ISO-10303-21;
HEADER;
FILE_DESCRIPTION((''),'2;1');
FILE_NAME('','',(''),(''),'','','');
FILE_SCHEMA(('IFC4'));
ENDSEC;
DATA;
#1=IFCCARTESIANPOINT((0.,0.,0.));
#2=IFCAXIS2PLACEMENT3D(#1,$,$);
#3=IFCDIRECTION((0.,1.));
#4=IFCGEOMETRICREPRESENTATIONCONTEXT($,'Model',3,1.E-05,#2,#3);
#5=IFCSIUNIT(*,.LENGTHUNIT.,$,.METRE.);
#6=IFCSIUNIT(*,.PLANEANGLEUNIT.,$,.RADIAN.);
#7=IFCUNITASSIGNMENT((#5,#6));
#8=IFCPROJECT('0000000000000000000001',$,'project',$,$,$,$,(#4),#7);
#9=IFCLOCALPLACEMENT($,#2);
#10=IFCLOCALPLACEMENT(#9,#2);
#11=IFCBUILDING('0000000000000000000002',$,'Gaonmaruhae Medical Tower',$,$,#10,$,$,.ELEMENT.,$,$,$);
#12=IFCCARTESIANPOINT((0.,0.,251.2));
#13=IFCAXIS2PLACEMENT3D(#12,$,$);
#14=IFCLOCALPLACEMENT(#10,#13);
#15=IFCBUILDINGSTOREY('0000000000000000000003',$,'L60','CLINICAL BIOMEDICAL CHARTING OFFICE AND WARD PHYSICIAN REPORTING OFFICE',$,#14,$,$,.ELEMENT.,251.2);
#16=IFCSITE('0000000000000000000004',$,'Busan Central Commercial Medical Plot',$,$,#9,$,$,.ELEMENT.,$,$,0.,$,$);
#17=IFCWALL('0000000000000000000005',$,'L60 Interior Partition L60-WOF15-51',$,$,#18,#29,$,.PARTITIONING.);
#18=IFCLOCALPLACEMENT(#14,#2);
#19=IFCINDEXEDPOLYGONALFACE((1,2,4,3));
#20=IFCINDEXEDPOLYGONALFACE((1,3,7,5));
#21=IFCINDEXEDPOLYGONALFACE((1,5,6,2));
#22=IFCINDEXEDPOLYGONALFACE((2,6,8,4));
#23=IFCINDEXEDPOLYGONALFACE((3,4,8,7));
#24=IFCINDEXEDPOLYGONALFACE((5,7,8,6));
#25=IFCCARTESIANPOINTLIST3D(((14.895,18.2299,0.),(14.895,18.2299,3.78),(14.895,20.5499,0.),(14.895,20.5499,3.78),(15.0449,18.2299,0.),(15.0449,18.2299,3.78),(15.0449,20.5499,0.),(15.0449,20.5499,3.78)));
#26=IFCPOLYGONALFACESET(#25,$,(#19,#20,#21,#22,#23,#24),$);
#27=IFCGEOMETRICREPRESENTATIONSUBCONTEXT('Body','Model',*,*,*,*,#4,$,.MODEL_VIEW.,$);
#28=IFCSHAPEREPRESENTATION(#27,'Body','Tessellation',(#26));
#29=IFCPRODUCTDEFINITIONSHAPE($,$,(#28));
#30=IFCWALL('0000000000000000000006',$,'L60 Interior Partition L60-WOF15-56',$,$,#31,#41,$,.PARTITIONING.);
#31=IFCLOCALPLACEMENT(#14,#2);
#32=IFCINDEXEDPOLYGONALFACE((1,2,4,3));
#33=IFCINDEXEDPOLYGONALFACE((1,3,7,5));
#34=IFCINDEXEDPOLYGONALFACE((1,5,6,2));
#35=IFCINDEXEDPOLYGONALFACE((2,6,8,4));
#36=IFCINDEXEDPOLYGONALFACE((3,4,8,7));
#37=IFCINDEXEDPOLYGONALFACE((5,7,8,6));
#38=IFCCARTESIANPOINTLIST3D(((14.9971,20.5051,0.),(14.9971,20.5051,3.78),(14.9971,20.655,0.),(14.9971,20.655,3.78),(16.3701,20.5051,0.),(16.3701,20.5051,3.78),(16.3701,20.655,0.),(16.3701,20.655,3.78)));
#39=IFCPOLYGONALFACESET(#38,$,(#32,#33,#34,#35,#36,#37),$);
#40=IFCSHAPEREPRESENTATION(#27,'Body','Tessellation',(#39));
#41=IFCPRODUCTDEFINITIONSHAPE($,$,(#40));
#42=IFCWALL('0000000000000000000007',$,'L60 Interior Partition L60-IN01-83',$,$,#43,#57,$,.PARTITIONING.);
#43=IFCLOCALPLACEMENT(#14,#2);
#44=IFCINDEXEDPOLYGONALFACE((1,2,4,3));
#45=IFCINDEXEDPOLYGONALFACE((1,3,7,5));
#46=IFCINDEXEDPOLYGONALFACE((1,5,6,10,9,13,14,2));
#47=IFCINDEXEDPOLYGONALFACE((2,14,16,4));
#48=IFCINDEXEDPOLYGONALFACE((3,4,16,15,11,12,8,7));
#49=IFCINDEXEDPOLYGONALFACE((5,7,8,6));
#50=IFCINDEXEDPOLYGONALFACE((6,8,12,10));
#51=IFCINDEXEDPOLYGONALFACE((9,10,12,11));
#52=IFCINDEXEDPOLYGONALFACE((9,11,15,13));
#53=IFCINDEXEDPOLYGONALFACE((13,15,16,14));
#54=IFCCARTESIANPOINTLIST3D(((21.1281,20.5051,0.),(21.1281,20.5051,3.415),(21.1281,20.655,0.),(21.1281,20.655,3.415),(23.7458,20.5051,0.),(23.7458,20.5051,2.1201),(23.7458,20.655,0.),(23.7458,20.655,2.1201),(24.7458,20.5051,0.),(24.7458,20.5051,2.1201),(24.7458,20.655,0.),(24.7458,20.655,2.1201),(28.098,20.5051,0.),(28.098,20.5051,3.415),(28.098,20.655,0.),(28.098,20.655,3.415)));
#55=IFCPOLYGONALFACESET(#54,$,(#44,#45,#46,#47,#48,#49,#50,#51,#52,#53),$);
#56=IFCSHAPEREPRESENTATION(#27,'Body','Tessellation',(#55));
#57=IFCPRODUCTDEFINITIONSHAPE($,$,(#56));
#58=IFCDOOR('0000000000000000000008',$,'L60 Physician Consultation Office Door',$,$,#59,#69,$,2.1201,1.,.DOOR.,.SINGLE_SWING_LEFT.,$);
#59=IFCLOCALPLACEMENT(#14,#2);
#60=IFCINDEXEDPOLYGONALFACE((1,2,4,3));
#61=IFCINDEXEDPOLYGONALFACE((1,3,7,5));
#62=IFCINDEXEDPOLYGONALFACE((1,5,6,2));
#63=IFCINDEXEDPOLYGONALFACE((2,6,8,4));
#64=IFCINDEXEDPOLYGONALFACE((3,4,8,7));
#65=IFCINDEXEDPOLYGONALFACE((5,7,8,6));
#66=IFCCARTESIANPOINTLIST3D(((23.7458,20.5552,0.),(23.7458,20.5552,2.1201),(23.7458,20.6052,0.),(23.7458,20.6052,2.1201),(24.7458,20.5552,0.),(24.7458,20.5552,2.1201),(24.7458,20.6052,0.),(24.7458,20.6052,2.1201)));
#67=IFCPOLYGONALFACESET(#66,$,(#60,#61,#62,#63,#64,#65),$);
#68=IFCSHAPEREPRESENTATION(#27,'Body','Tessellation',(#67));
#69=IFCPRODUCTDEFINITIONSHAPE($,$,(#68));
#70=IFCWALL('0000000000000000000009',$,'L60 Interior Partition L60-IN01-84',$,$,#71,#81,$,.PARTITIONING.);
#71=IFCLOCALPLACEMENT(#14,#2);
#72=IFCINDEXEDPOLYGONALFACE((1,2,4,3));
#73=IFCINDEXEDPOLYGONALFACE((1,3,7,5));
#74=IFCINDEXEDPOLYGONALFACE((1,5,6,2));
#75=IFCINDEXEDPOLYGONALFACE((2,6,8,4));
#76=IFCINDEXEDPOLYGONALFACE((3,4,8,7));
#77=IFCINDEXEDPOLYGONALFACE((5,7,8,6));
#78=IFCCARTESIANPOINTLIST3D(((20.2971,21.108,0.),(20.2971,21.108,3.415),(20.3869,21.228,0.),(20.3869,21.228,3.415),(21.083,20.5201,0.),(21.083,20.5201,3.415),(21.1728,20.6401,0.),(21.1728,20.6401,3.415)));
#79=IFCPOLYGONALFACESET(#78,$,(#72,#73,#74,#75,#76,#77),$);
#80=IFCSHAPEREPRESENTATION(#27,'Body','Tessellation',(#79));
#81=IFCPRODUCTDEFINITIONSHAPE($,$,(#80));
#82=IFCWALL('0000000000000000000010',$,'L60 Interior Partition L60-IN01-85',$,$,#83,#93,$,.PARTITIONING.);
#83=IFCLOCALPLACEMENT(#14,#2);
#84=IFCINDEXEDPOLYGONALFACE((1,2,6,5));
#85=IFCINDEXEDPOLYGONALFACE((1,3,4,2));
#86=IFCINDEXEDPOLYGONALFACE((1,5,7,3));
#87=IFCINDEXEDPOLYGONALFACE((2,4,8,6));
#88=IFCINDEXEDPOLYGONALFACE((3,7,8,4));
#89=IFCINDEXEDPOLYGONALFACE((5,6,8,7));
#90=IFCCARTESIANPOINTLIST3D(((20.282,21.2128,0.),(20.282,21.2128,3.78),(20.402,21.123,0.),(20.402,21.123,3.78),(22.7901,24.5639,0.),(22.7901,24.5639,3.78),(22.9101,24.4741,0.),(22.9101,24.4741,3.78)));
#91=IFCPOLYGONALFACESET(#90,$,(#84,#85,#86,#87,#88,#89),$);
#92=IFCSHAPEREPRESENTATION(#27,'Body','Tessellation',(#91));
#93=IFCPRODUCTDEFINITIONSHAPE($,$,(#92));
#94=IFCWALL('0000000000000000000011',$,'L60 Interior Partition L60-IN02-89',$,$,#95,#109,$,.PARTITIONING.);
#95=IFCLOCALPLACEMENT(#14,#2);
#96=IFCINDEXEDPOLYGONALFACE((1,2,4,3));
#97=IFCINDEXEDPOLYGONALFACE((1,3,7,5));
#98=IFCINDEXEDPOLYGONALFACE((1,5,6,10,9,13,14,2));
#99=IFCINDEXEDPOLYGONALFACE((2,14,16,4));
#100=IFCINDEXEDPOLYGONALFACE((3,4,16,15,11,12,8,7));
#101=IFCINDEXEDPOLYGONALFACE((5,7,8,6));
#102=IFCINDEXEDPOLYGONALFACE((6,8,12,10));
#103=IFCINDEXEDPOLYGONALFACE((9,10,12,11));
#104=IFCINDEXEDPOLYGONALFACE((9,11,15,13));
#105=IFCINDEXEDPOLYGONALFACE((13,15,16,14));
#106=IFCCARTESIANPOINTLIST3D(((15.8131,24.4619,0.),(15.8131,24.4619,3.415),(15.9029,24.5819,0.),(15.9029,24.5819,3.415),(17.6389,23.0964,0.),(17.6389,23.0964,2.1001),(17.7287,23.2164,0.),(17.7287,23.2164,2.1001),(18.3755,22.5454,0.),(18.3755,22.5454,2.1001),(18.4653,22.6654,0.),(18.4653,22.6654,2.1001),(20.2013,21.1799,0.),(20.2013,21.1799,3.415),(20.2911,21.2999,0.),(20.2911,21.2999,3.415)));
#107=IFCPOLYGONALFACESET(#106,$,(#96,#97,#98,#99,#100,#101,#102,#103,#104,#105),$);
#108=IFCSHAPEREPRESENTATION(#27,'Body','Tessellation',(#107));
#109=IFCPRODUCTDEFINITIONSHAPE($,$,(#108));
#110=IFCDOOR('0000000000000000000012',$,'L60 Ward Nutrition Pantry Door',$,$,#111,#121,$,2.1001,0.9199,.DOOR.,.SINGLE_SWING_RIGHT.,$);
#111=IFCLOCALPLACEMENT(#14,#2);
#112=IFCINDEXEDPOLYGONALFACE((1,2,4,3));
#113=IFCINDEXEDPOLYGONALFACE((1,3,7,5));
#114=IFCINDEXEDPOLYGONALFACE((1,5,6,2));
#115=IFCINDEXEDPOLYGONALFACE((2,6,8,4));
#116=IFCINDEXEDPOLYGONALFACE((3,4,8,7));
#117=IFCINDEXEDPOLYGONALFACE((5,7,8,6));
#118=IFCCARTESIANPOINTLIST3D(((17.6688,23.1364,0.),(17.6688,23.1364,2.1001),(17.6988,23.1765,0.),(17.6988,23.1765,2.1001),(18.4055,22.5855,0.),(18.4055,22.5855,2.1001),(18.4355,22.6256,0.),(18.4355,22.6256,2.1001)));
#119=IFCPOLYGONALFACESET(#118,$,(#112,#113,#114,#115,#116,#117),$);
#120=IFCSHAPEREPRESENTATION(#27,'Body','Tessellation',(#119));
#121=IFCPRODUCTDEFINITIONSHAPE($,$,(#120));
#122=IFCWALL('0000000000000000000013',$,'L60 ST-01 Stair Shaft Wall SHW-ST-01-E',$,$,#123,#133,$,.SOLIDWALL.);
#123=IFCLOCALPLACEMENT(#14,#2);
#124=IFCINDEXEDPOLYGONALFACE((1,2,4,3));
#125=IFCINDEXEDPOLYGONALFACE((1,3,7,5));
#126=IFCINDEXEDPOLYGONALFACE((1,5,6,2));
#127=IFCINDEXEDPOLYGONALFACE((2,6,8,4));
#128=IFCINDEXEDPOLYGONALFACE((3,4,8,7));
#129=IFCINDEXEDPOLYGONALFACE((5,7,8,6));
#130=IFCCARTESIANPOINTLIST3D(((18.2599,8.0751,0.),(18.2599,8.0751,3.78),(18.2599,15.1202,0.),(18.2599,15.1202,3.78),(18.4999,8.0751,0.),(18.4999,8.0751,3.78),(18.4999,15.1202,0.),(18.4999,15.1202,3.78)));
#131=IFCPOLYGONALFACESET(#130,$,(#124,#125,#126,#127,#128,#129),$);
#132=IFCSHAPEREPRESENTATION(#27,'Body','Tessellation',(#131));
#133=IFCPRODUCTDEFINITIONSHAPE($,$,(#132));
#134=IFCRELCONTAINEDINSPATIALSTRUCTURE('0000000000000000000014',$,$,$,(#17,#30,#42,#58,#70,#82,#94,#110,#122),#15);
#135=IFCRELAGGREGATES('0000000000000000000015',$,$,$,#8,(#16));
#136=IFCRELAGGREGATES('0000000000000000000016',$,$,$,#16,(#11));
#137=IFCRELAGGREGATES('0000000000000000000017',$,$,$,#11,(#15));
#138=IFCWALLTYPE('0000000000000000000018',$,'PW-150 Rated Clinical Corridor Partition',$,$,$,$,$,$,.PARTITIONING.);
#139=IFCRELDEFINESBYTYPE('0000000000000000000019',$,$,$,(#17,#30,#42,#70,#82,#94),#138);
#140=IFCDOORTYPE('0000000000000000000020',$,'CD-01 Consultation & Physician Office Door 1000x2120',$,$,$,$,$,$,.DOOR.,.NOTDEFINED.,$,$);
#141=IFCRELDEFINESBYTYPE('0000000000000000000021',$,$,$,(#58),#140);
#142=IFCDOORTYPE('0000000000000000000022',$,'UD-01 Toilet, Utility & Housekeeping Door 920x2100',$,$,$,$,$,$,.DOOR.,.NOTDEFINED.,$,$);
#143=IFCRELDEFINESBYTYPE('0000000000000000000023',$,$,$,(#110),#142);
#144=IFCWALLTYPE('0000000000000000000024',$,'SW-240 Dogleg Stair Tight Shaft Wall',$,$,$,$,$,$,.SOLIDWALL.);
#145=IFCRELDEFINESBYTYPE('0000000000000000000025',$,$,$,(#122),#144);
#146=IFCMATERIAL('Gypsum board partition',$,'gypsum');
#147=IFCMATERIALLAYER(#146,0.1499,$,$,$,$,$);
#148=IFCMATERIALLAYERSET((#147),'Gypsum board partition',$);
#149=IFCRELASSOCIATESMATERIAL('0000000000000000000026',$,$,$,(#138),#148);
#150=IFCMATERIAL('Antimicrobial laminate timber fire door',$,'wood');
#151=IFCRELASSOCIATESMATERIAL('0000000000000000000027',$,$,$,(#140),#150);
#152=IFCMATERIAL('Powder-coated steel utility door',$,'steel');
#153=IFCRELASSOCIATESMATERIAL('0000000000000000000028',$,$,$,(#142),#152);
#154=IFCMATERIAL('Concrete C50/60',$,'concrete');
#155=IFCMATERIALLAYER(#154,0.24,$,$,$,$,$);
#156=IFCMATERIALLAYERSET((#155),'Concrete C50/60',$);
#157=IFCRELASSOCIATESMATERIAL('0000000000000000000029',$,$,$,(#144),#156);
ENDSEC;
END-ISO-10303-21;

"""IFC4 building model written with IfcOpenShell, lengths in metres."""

from ifc_helpers import new_model, si_unit, direction, frame, frame_2d, origin, place, context, subcontext, project, spatial, rectangle, extrude, material, layer, layer_set, type_object, element, fill, save


model = new_model("IFC4")

# Units and contexts
model_context = context("Model", 3, precision=1e-05, world=origin(), true_north=direction((0.0, 1.0)))
body_context = subcontext(model_context, "Body", "Model", "MODEL_VIEW")
ifc_project = project(units=[si_unit("LENGTHUNIT", "METRE"), si_unit("PLANEANGLEUNIT", "RADIAN")], contexts=[model_context])

# Site, building, storey
site_placement = place(None, origin())
site = spatial("IfcSite", under=ifc_project, at=site_placement, Name="Busan Central Commercial Medical Plot", CompositionType="ELEMENT", RefElevation=0.0)
building_placement = place(site_placement, origin())
building = spatial("IfcBuilding", under=site, at=building_placement, Name="Gaonmaruhae Medical Tower", CompositionType="ELEMENT")
storey_placement = place(building_placement, frame((0.0, 0.0, 251.2)))
storey = spatial("IfcBuildingStorey", under=building, at=storey_placement, Name="L60", Description="CLINICAL BIOMEDICAL CHARTING OFFICE AND WARD PHYSICIAN REPORTING OFFICE", CompositionType="ELEMENT", Elevation=251.2)

# Shared definitions
ifc_material_1 = material(Name="Concrete C50/60", Category="concrete")

# Walls
ifc_material_2 = material(Name="Gypsum board partition", Category="gypsum")
ifc_layer_1 = layer(ifc_material_2, 0.1499)
ifc_layer_set_1 = layer_set([ifc_layer_1], Name="Gypsum board partition")
wall_type_1 = type_object("IfcWallType", Name="PW-150 Rated Clinical Corridor Partition", PredefinedType="PARTITIONING", material=ifc_layer_set_1)
wall_1_placement = place(storey_placement, frame((14.97, 20.55, 0.0), z_axis=(0.0, 0.0, 1.0), x_axis=(0.0, -1.0, 0.0)))
element("IfcWall", 1, at=wall_1_placement, inside=storey, type_object=wall_type_1, Name="L60 Interior Partition L60-WOF15-51", PredefinedType="PARTITIONING", context=body_context, shape_type="SweptSolid", body=[
    extrude(rectangle(XDim=2.3201, YDim=0.1499, at=frame_2d((1.1602, 0.0))), origin(), (0.0, 0.0, 1.0), 3.78),
])
wall_2_placement = place(storey_placement, frame((16.3701, 20.5801, 0.0), z_axis=(0.0, 0.0, 1.0), x_axis=(-1.0, 0.0, 0.0)))
element("IfcWall", 2, at=wall_2_placement, inside=storey, type_object=wall_type_1, Name="L60 Interior Partition L60-WOF15-56", PredefinedType="PARTITIONING", context=body_context, shape_type="SweptSolid", body=[
    extrude(rectangle(XDim=1.373, YDim=0.1499, at=frame_2d((0.6865, 0.0))), origin(), (0.0, 0.0, 1.0), 3.78),
])

# Wall, opening, door
wall_3_placement = place(storey_placement, frame((28.0979, 20.5801, 0.0), z_axis=(0.0, 0.0, 1.0), x_axis=(-1.0, 0.0, 0.0)))
wall_3 = element("IfcWall", 3, at=wall_3_placement, inside=storey, type_object=wall_type_1, Name="L60 Interior Partition L60-IN01-83", PredefinedType="PARTITIONING", context=body_context, shape_type="SweptSolid", body=[
    extrude(rectangle(XDim=6.97, YDim=0.1499, at=frame_2d((3.4849, 0.0))), origin(), (0.0, 0.0, 1.0), 3.415),
])
opening_1_placement = place(wall_3_placement, frame((3.3521, 0.0, 0.0)))
opening_1 = element("IfcOpeningElement", 4, at=opening_1_placement, cuts=wall_3, PredefinedType="OPENING", context=body_context, shape_type="SweptSolid", body=[
    extrude(rectangle(XDim=1.0, YDim=2.1201, at=frame_2d((0.5, 1.0601))), frame((0.0, 0.085, 0.0), z_axis=(0.0, -1.0, 0.0), x_axis=(1.0, 0.0, 0.0)), (0.0, 0.0, 1.0), 0.1699),
])
ifc_material_3 = material(Name="Antimicrobial laminate timber fire door", Category="wood")
door_type_1 = type_object("IfcDoorType", Name="CD-01 Consultation & Physician Office Door 1000x2120", OperationType="NOTDEFINED", PredefinedType="DOOR", material=ifc_material_3)
door_1_placement = place(opening_1_placement, origin())
door_1 = element("IfcDoor", 5, at=door_1_placement, inside=storey, type_object=door_type_1, Name="L60 Physician Consultation Office Door", OperationType="SINGLE_SWING_LEFT", OverallHeight=2.1201, OverallWidth=1.0, PredefinedType="DOOR", context=body_context, shape_type="SweptSolid", body=[
    extrude(rectangle(XDim=1.0, YDim=2.1201, at=frame_2d((0.5, 1.0601))), frame((0.0, 0.0249, 0.0), z_axis=(0.0, -1.0, 0.0), x_axis=(1.0, 0.0, 0.0)), (0.0, 0.0, 1.0), 0.05),
])
fill(opening_1, door_1)

# Walls
wall_4_placement = place(storey_placement, frame((21.1279, 20.5801, 0.0), z_axis=(0.0, 0.0, 1.0), x_axis=(-0.800746, 0.599005, 0.0)))
element("IfcWall", 6, at=wall_4_placement, inside=storey, type_object=wall_type_1, Name="L60 Interior Partition L60-IN01-84", PredefinedType="PARTITIONING", context=body_context, shape_type="SweptSolid", body=[
    extrude(rectangle(XDim=0.9814, YDim=0.1499, at=frame_2d((0.4907, 0.0))), origin(), (0.0, 0.0, 1.0), 3.415),
])
wall_5_placement = place(storey_placement, frame((20.342, 21.168, 0.0), z_axis=(0.0, 0.0, 1.0), x_axis=(0.599197, 0.800602, 0.0)))
element("IfcWall", 7, at=wall_5_placement, inside=storey, type_object=wall_type_1, Name="L60 Interior Partition L60-IN01-85", PredefinedType="PARTITIONING", context=body_context, shape_type="SweptSolid", body=[
    extrude(rectangle(XDim=4.1858, YDim=0.1499, at=frame_2d((2.0928, 0.0))), origin(), (0.0, 0.0, 1.0), 3.78),
])

# Wall, opening, door
wall_6_placement = place(storey_placement, frame((20.2461, 21.24, 0.0), z_axis=(0.0, 0.0, 1.0), x_axis=(-0.800801, 0.59893, 0.0)))
wall_6 = element("IfcWall", 8, at=wall_6_placement, inside=storey, type_object=wall_type_1, Name="L60 Interior Partition L60-IN02-89", PredefinedType="PARTITIONING", context=body_context, shape_type="SweptSolid", body=[
    extrude(rectangle(XDim=5.4797, YDim=0.1499, at=frame_2d((2.7397, 0.0))), origin(), (0.0, 0.0, 1.0), 3.415),
])
opening_2_placement = place(wall_6_placement, frame((2.2798, 0.0, 0.0)))
opening_2 = element("IfcOpeningElement", 9, at=opening_2_placement, cuts=wall_6, PredefinedType="OPENING", context=body_context, shape_type="SweptSolid", body=[
    extrude(rectangle(XDim=0.9199, YDim=2.1001, at=frame_2d((0.46, 1.05))), frame((0.0, 0.085, 0.0), z_axis=(0.0, -1.0, 0.0), x_axis=(1.0, 0.0, 0.0)), (0.0, 0.0, 1.0), 0.1699),
])
ifc_material_4 = material(Name="Powder-coated steel utility door", Category="steel")
door_type_2 = type_object("IfcDoorType", Name="UD-01 Toilet, Utility & Housekeeping Door 920x2100", OperationType="NOTDEFINED", PredefinedType="DOOR", material=ifc_material_4)
door_2_placement = place(opening_2_placement, origin())
door_2 = element("IfcDoor", 10, at=door_2_placement, inside=storey, type_object=door_type_2, Name="L60 Ward Nutrition Pantry Door", OperationType="SINGLE_SWING_RIGHT", OverallHeight=2.1001, OverallWidth=0.9199, PredefinedType="DOOR", context=body_context, shape_type="SweptSolid", body=[
    extrude(rectangle(XDim=0.9199, YDim=2.1001, at=frame_2d((0.46, 1.05))), frame((0.0, 0.0249, 0.0), z_axis=(0.0, -1.0, 0.0), x_axis=(1.0, 0.0, 0.0)), (0.0, 0.0, 1.0), 0.05),
])
fill(opening_2, door_2)
ifc_layer_2 = layer(ifc_material_1, 0.24)
ifc_layer_set_2 = layer_set([ifc_layer_2], Name="Concrete C50/60")
wall_type_2 = type_object("IfcWallType", Name="SW-240 Dogleg Stair Tight Shaft Wall", PredefinedType="SOLIDWALL", material=ifc_layer_set_2)

# Wall
wall_7_placement = place(storey_placement, frame((18.3799, 15.1201, 0.0), z_axis=(0.0, 0.0, 1.0), x_axis=(0.0, -1.0, 0.0)))
element("IfcWall", 11, at=wall_7_placement, inside=storey, type_object=wall_type_2, Name="L60 ST-01 Stair Shaft Wall SHW-ST-01-E", PredefinedType="SOLIDWALL", context=body_context, shape_type="SweptSolid", body=[
    extrude(rectangle(XDim=7.0452, YDim=0.24, at=frame_2d((3.5225, 0.0))), origin(), (0.0, 0.0, 1.0), 3.78),
])

save(model, "model.ifc")
